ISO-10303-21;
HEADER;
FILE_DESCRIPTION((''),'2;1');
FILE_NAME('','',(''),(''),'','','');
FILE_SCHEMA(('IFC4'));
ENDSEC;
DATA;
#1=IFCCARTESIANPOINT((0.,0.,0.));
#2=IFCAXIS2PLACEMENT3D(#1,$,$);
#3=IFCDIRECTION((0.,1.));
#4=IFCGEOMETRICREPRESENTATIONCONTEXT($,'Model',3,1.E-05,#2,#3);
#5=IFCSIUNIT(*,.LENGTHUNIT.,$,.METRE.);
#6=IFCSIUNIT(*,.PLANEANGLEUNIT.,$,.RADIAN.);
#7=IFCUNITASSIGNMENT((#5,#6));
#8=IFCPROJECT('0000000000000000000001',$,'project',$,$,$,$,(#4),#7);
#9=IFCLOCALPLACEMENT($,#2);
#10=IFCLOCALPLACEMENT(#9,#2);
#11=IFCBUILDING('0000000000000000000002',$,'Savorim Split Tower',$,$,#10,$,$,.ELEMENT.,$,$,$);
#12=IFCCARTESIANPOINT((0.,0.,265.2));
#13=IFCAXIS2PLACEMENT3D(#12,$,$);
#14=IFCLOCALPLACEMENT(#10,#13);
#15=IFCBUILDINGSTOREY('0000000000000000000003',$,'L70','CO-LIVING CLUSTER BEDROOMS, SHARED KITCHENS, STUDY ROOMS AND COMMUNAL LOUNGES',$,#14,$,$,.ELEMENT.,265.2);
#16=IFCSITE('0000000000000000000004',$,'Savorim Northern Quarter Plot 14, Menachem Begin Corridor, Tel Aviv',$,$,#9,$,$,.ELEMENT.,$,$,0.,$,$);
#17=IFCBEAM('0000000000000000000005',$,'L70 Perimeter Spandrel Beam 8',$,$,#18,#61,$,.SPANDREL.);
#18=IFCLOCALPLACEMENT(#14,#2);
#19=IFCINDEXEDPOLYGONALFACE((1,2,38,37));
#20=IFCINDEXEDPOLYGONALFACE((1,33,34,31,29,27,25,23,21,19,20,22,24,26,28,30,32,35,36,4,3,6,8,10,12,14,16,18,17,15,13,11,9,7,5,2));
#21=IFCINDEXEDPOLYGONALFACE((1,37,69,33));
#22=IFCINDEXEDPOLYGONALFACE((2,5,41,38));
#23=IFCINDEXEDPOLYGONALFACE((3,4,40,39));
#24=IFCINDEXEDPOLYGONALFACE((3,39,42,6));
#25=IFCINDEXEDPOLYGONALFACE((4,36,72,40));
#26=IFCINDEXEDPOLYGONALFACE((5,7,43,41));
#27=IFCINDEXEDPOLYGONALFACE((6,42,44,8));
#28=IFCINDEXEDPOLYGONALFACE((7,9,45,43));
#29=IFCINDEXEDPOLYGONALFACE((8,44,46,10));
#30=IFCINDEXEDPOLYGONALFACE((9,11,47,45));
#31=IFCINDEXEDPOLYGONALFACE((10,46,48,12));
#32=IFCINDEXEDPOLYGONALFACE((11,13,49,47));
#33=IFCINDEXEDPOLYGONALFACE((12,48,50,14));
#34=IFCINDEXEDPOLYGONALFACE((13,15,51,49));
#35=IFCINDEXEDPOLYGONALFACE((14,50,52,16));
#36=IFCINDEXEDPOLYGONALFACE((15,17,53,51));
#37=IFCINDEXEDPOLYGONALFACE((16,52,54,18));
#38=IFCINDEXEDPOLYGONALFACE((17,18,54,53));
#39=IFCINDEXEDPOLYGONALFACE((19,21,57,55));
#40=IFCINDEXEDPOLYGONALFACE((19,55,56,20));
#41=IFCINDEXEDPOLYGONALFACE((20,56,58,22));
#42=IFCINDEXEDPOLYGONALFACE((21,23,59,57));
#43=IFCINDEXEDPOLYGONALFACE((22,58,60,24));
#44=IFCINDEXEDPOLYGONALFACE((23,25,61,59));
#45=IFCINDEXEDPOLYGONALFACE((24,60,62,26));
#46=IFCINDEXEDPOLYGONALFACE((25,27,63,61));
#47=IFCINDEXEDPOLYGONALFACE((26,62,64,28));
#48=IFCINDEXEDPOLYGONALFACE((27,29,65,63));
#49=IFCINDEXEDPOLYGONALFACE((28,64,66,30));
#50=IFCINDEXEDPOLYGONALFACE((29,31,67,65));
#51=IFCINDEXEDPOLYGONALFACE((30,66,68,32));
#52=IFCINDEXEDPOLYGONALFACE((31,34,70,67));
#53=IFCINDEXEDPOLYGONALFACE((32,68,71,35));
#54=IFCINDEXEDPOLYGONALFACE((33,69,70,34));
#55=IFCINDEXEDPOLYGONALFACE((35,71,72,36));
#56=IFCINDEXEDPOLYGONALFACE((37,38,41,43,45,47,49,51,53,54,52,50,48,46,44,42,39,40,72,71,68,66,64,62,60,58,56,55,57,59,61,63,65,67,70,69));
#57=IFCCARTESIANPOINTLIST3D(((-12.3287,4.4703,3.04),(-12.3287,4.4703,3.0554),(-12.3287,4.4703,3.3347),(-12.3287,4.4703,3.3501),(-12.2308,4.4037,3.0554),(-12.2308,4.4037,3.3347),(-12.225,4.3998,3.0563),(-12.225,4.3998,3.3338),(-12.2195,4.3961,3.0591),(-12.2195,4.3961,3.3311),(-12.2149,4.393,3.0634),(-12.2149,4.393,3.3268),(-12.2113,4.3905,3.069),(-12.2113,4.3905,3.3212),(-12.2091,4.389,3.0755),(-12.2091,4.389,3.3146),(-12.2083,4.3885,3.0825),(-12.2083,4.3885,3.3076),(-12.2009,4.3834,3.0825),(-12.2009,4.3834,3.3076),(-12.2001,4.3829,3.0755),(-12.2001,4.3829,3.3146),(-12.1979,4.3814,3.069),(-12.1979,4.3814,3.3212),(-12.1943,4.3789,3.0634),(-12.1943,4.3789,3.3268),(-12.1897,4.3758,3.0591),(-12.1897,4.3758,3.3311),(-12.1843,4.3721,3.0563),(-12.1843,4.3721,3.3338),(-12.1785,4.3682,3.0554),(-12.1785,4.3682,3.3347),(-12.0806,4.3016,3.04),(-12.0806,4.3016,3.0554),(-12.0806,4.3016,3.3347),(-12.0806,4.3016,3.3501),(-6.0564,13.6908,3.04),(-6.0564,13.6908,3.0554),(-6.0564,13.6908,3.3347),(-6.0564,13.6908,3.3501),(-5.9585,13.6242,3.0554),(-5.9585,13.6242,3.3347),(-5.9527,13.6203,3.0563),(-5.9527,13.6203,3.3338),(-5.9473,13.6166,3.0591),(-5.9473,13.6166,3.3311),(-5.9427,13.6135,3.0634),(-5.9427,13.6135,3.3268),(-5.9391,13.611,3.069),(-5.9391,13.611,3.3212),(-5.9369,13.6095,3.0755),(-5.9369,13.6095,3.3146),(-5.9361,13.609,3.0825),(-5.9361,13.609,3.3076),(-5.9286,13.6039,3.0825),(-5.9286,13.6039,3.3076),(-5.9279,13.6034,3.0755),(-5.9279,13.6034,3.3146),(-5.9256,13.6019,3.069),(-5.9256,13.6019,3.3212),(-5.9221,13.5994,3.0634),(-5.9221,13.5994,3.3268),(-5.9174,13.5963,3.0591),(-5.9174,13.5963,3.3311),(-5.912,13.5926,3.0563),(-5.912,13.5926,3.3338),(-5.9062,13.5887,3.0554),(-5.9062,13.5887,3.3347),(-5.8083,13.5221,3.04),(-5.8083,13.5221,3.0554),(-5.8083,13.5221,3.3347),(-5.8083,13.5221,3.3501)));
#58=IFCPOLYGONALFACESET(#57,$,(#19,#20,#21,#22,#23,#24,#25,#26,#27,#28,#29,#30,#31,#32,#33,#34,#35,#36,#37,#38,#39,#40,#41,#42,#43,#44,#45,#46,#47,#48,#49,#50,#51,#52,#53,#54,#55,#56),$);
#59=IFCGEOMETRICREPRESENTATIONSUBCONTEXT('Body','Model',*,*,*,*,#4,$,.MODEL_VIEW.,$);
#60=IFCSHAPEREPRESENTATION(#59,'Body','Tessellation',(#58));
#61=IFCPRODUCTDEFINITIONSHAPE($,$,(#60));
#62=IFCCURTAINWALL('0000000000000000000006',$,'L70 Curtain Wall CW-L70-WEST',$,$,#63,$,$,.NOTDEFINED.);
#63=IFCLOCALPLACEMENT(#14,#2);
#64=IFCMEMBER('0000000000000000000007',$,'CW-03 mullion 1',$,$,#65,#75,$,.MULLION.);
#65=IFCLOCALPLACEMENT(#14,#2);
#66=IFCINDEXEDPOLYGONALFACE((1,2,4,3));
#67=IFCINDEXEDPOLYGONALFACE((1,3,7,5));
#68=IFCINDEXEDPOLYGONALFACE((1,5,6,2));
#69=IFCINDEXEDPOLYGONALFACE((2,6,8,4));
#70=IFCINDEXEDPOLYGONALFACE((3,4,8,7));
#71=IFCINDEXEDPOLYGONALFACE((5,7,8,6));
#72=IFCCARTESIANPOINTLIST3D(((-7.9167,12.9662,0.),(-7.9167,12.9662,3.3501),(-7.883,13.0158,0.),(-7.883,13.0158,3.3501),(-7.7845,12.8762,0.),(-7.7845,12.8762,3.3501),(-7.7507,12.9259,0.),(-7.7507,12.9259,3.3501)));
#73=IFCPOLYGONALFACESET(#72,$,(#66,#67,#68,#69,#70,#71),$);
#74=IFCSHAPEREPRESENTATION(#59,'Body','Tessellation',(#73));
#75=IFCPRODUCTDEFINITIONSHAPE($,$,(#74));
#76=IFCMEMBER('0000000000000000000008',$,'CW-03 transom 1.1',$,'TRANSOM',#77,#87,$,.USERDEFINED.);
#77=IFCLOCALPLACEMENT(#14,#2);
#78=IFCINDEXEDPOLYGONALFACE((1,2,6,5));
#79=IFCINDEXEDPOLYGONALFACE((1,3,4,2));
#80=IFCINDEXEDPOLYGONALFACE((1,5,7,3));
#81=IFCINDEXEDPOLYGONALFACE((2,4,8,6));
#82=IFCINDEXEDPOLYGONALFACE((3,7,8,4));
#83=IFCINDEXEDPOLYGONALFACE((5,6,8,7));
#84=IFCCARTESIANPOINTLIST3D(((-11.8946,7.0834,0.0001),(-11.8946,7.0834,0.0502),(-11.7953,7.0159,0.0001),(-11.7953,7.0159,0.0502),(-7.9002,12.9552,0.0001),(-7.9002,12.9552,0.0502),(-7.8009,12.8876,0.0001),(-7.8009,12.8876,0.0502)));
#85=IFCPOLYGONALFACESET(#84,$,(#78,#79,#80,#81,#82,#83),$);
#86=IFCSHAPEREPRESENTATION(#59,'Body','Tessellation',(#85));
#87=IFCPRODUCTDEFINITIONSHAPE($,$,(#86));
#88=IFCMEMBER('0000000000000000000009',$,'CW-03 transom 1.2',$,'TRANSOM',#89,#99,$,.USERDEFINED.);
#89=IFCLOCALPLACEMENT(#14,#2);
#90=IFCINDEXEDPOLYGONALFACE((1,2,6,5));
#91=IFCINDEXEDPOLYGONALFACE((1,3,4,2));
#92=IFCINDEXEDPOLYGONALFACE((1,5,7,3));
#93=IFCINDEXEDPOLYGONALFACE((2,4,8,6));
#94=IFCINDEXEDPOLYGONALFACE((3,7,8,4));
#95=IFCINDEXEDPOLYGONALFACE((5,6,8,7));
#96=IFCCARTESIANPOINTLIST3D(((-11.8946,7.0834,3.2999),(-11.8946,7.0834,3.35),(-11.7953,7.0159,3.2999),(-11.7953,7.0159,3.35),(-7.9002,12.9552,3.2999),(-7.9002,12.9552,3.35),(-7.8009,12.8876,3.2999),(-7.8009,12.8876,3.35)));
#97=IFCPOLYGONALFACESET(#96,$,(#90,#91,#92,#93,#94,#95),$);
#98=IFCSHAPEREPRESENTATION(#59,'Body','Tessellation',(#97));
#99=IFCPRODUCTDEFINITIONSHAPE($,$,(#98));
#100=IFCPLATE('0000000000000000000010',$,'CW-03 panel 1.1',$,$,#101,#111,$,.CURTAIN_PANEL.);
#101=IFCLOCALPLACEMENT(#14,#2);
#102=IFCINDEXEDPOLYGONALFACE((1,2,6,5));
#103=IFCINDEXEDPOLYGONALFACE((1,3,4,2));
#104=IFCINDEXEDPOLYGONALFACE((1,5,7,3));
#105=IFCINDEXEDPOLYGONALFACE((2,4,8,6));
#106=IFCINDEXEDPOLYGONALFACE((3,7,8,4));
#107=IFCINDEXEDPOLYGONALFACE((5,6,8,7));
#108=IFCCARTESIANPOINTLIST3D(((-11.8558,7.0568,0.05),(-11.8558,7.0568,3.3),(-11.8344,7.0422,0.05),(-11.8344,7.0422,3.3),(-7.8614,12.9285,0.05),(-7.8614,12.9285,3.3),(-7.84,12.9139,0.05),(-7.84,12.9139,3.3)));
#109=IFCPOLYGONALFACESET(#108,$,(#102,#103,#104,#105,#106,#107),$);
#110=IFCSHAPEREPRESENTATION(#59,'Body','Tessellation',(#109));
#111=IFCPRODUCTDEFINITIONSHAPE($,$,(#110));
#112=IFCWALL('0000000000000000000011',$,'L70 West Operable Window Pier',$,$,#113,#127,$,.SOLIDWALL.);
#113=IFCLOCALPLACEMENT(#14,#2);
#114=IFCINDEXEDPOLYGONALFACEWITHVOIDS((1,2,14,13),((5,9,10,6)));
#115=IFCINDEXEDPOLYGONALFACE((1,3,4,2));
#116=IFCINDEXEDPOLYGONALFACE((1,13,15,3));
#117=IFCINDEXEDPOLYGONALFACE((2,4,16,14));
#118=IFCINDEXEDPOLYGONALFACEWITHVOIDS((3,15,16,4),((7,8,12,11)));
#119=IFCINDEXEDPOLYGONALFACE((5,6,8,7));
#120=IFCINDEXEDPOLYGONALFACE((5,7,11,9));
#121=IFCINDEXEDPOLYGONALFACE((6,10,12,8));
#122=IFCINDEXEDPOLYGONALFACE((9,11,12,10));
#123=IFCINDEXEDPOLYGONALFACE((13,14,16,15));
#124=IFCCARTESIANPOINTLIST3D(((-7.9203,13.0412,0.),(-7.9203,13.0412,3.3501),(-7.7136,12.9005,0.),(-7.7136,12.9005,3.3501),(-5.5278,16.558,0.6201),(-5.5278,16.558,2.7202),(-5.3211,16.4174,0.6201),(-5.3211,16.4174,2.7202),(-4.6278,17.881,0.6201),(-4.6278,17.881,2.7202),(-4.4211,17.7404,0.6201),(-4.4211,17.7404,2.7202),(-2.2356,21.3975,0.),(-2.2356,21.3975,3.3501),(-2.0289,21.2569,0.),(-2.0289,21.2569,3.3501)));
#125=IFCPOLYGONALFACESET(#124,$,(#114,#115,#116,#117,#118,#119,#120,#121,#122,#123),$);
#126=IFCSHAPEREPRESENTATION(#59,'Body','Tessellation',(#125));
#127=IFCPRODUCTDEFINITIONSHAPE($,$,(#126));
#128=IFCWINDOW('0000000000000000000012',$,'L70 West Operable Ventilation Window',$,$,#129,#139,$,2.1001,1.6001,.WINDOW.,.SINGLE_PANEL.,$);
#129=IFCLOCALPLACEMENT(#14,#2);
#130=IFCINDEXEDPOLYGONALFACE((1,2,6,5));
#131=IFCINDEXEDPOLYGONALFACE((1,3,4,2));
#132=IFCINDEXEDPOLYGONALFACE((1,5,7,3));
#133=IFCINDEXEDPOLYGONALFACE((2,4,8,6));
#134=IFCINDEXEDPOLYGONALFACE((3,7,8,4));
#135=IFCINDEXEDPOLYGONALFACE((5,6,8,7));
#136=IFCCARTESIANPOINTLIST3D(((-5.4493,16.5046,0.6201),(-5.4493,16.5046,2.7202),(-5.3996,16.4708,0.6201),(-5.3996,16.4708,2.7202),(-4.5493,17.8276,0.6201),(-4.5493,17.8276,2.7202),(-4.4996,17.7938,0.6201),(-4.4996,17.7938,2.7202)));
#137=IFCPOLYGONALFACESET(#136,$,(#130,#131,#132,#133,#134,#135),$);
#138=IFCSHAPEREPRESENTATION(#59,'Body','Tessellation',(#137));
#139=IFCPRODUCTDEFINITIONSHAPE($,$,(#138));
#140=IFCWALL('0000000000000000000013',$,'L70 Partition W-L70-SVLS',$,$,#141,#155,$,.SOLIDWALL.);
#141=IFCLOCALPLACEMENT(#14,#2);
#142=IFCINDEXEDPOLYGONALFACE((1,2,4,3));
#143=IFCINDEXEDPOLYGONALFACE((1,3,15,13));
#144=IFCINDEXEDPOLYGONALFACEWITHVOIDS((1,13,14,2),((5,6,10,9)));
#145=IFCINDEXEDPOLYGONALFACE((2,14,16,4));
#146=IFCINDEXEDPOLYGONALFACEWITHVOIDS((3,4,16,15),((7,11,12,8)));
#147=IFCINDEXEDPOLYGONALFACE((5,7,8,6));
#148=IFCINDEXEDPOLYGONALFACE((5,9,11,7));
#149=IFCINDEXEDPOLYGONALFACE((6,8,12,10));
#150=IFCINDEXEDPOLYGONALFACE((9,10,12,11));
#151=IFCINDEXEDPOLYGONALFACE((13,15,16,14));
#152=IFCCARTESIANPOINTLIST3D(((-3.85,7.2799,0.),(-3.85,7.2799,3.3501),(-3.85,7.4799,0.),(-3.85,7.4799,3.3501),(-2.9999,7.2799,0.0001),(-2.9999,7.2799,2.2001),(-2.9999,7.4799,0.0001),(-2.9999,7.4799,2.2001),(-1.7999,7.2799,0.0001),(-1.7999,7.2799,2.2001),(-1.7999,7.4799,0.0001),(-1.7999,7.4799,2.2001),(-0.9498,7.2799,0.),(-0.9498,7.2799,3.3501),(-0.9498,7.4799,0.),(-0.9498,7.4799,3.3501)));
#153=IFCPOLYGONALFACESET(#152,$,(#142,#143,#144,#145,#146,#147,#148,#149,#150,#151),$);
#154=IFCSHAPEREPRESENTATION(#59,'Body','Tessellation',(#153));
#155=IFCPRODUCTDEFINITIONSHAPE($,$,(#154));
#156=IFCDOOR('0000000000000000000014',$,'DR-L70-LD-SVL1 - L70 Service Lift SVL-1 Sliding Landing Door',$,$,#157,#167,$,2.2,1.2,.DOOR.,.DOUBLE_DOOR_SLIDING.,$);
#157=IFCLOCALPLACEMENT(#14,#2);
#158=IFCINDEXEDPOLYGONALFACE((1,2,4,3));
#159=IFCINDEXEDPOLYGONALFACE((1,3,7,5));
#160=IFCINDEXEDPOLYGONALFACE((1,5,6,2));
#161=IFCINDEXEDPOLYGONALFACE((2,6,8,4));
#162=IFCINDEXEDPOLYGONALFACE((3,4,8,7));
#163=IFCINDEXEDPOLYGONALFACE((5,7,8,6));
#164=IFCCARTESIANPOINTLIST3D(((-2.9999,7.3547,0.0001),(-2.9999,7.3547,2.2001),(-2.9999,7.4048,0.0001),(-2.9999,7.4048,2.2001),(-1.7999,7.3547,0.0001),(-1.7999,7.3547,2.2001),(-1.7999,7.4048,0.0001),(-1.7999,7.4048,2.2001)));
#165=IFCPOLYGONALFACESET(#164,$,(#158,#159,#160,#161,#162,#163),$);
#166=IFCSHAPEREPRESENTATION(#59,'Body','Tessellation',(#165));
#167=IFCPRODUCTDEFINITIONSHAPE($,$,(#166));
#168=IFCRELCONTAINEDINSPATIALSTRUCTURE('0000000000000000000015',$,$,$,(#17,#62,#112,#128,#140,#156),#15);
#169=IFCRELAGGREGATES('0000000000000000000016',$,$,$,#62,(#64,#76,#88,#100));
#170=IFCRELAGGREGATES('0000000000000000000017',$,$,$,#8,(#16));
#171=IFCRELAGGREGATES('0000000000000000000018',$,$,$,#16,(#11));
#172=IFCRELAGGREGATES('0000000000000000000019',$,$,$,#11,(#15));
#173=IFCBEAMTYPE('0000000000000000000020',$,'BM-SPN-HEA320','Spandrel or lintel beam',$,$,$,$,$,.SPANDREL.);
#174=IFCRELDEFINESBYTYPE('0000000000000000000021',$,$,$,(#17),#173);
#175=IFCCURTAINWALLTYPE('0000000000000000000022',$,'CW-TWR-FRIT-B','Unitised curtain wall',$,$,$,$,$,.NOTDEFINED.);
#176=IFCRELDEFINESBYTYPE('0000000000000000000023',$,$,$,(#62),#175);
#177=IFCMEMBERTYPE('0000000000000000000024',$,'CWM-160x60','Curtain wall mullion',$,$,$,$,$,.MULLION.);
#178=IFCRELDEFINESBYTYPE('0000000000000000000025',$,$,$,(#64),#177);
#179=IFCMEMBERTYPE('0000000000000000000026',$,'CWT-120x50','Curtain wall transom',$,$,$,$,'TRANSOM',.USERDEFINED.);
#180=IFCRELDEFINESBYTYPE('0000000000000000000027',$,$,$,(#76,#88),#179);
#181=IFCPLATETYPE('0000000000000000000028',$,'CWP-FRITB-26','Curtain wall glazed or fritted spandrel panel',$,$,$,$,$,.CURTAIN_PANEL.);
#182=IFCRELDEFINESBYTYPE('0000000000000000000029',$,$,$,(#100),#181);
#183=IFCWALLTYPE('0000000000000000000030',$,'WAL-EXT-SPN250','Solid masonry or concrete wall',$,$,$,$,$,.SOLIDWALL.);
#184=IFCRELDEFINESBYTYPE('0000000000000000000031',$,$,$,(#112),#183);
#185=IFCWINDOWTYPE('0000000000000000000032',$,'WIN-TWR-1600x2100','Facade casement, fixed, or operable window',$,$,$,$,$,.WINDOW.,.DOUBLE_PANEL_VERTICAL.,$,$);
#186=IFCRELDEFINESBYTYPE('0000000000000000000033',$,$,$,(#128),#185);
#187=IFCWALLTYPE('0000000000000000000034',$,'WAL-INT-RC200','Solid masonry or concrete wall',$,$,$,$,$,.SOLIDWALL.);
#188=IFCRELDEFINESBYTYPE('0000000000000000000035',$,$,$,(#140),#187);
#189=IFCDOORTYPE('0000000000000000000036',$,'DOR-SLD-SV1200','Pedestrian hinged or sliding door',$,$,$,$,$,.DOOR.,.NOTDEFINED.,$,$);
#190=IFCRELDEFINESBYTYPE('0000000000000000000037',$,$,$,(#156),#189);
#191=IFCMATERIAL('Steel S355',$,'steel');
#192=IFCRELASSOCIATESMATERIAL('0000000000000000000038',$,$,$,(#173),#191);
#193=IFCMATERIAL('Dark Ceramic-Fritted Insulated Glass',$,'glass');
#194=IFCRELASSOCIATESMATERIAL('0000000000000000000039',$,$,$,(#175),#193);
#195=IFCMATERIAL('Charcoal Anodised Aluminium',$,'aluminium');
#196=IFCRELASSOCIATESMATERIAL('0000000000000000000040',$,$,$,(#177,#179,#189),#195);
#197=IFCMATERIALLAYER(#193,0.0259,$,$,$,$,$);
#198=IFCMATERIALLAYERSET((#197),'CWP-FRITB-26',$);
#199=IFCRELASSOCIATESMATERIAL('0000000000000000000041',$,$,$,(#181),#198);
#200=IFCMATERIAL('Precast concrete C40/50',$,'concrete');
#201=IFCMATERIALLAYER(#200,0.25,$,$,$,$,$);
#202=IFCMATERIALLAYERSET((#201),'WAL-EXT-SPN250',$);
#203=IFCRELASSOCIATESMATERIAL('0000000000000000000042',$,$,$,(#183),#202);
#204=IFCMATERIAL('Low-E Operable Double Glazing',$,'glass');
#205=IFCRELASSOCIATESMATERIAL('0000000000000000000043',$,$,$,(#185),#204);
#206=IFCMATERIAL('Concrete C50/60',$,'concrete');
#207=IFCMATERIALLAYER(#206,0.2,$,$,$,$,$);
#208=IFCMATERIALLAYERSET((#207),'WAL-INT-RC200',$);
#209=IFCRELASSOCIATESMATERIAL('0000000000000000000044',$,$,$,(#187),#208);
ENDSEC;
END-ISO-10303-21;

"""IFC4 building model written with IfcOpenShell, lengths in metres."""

from ifc_helpers import new_model, si_unit, direction, frame, frame_2d, origin, origin_2d, place, context, subcontext, project, spatial, rectangle, i_section, extrude, material, layer, layer_set, material_profile, profile_set, type_object, element, fill, aggregate, save


model = new_model("IFC4")

# Units and contexts
model_context = context("Model", 3, precision=1e-05, world=origin(), true_north=direction((0.0, 1.0)))
body_context = subcontext(model_context, "Body", "Model", "MODEL_VIEW")
ifc_project = project(units=[si_unit("LENGTHUNIT", "METRE"), si_unit("PLANEANGLEUNIT", "RADIAN")], contexts=[model_context])

# Site, building, storey
site_placement = place(None, origin())
site = spatial("IfcSite", under=ifc_project, at=site_placement, Name="Savorim Northern Quarter Plot 14, Menachem Begin Corridor, Tel Aviv", CompositionType="ELEMENT", RefElevation=0.0)
building_placement = place(site_placement, origin())
building = spatial("IfcBuilding", under=site, at=building_placement, Name="Savorim Split Tower", CompositionType="ELEMENT")
storey_placement = place(building_placement, frame((0.0, 0.0, 265.2)))
storey = spatial("IfcBuildingStorey", under=building, at=storey_placement, Name="L70", Description="CO-LIVING CLUSTER BEDROOMS, SHARED KITCHENS, STUDY ROOMS AND COMMUNAL LOUNGES", CompositionType="ELEMENT", Elevation=265.2)

# Shared definitions
ifc_material_1 = material(Name="Steel S355", Category="steel")

# Beam
ifc_material_profile_1 = material_profile(ifc_material_1, i_section(OverallWidth=0.3, OverallDepth=0.3101, WebThickness=0.009, FlangeThickness=0.0154, FilletRadius=0.0271, at=origin_2d()), Name="HEA 320")
ifc_profile_set_1 = profile_set([ifc_material_profile_1], Name="Steel S355")
beam_type_1 = type_object("IfcBeamType", Name="BM-SPN-HEA320", Description="Spandrel or lintel beam", PredefinedType="SPANDREL", material=ifc_profile_set_1)
beam_1_placement = place(storey_placement, frame((-5.9324, 13.6064, 3.1951), z_axis=(-0.562451, -0.82683, 0.0), x_axis=(0.82683, -0.562451, 0.0)))
element("IfcBeam", 1, at=beam_1_placement, inside=storey, type_object=beam_type_1, Name="L70 Perimeter Spandrel Beam 8", PredefinedType="SPANDREL", context=body_context, shape_type="SweptSolid", body=[
    extrude(i_section(OverallWidth=0.3, OverallDepth=0.3101, WebThickness=0.009, FlangeThickness=0.0154, FilletRadius=0.0271, at=origin_2d()), origin(), (0.0, 0.0, 1.0), 11.1516),
])

# Curtain wall, members, plate
ifc_material_2 = material(Name="Dark Ceramic-Fritted Insulated Glass", Category="glass")
curtain_wall_type = type_object("IfcCurtainWallType", Name="CW-TWR-FRIT-B", Description="Unitised curtain wall", PredefinedType="NOTDEFINED", material=ifc_material_2)
curtain_wall_placement = place(storey_placement, origin())
curtain_wall = element("IfcCurtainWall", 2, at=curtain_wall_placement, inside=storey, type_object=curtain_wall_type, Name="L70 Curtain Wall CW-L70-WEST", PredefinedType="NOTDEFINED")
ifc_material_3 = material(Name="Charcoal Anodised Aluminium", Category="aluminium")
ifc_material_profile_2 = material_profile(ifc_material_3, rectangle(XDim=0.1599, YDim=0.0601, at=origin_2d()), Name="ALU-M 160x60")
ifc_profile_set_2 = profile_set([ifc_material_profile_2], Name="Charcoal Anodised Aluminium")
member_type_1 = type_object("IfcMemberType", Name="CWM-160x60", Description="Curtain wall mullion", PredefinedType="MULLION", material=ifc_profile_set_2)
member_1_placement = place(storey_placement, frame((-7.8337, 12.946, 0.0), z_axis=(0.0, 0.0, 1.0), x_axis=(0.826817, -0.56247, 0.0)))
member_1 = element("IfcMember", 3, at=member_1_placement, type_object=member_type_1, Name="CW-03 mullion 1", PredefinedType="MULLION", context=body_context, shape_type="SweptSolid", body=[
    extrude(rectangle(XDim=0.1599, YDim=0.0601, at=origin_2d()), origin(), (0.0, 0.0, 1.0), 3.3501),
])
ifc_material_profile_3 = material_profile(ifc_material_3, rectangle(XDim=0.1201, YDim=0.05, at=origin_2d()), Name="ALU-T 120x50")
ifc_profile_set_3 = profile_set([ifc_material_profile_3], Name="Charcoal Anodised Aluminium")
member_type_2 = type_object("IfcMemberType", Name="CWT-120x50", Description="Curtain wall transom", ElementType="TRANSOM", PredefinedType="USERDEFINED", material=ifc_profile_set_3)
member_2_placement = place(storey_placement, frame((-7.8506, 12.9214, 0.0251), z_axis=(-0.562459, -0.826825, 0.0), x_axis=(0.826825, -0.562459, 0.0)))
member_2 = element("IfcMember", 4, at=member_2_placement, type_object=member_type_2, Name="CW-03 transom 1.1", ObjectType="TRANSOM", PredefinedType="USERDEFINED", context=body_context, shape_type="SweptSolid", body=[
    extrude(rectangle(XDim=0.1201, YDim=0.05, at=origin_2d()), origin(), (0.0, 0.0, 1.0), 7.1016),
])
member_3_placement = place(storey_placement, frame((-7.8506, 12.9214, 3.325), z_axis=(-0.562459, -0.826825, 0.0), x_axis=(0.826825, -0.562459, 0.0)))
member_3 = element("IfcMember", 5, at=member_3_placement, type_object=member_type_2, Name="CW-03 transom 1.2", ObjectType="TRANSOM", PredefinedType="USERDEFINED", context=body_context, shape_type="SweptSolid", body=[
    extrude(rectangle(XDim=0.1201, YDim=0.05, at=origin_2d()), origin(), (0.0, 0.0, 1.0), 7.1016),
])
ifc_layer_1 = layer(ifc_material_2, 0.0259)
ifc_layer_set_1 = layer_set([ifc_layer_1], Name="CWP-FRITB-26")
plate_type = type_object("IfcPlateType", Name="CWP-FRITB-26", Description="Curtain wall glazed or fritted spandrel panel", PredefinedType="CURTAIN_PANEL", material=ifc_layer_set_1)
plate_placement = place(storey_placement, frame((-9.8479, 9.9854, 0.05), z_axis=(0.0, 0.0, 1.0), x_axis=(-0.56247, -0.826817, 0.0)))
plate = element("IfcPlate", 6, at=plate_placement, type_object=plate_type, Name="CW-03 panel 1.1", PredefinedType="CURTAIN_PANEL", context=body_context, shape_type="SweptSolid", body=[
    extrude(rectangle(XDim=7.1016, YDim=0.0259, at=origin_2d()), origin(), (0.0, 0.0, 1.0), 3.25),
])
aggregate(curtain_wall, [member_1, member_2, member_3, plate])

# Shared definitions
ifc_material_4 = material(Name="Precast concrete C40/50", Category="concrete")

# Wall, opening, window
ifc_layer_2 = layer(ifc_material_4, 0.25)
ifc_layer_set_2 = layer_set([ifc_layer_2], Name="WAL-EXT-SPN250")
wall_type_1 = type_object("IfcWallType", Name="WAL-EXT-SPN250", Description="Solid masonry or concrete wall", PredefinedType="SOLIDWALL", material=ifc_layer_set_2)
wall_1_placement = place(storey_placement, frame((-7.8169, 12.9709, 0.0), z_axis=(0.0, 0.0, 1.0), x_axis=(0.562475, 0.826815, 0.0)))
wall_1 = element("IfcWall", 7, at=wall_1_placement, inside=storey, type_object=wall_type_1, Name="L70 West Operable Window Pier", PredefinedType="SOLIDWALL", context=body_context, shape_type="SweptSolid", body=[
    extrude(rectangle(XDim=10.1067, YDim=0.25, at=frame_2d((5.0532, 0.0))), origin(), (0.0, 0.0, 1.0), 3.3501),
])
opening_1_placement = place(wall_1_placement, frame((4.2534, 0.0, 0.6201)))
opening_1 = element("IfcOpeningElement", 8, at=opening_1_placement, cuts=wall_1, PredefinedType="OPENING", context=body_context, shape_type="SweptSolid", body=[
    extrude(rectangle(XDim=1.6001, YDim=2.1001, at=frame_2d((0.8, 1.05))), frame((0.0, 0.135, 0.0), z_axis=(0.0, -1.0, 0.0), x_axis=(1.0, 0.0, 0.0)), (0.0, 0.0, 1.0), 0.27),
])
ifc_material_5 = material(Name="Low-E Operable Double Glazing", Category="glass")
window_type = type_object("IfcWindowType", Name="WIN-TWR-1600x2100", Description="Facade casement, fixed, or operable window", PartitioningType="DOUBLE_PANEL_VERTICAL", PredefinedType="WINDOW", material=ifc_material_5)
window_placement = place(opening_1_placement, origin())
window = element("IfcWindow", 9, at=window_placement, inside=storey, type_object=window_type, Name="L70 West Operable Ventilation Window", OverallHeight=2.1001, OverallWidth=1.6001, PartitioningType="SINGLE_PANEL", PredefinedType="WINDOW", context=body_context, shape_type="SweptSolid", body=[
    extrude(rectangle(XDim=1.6001, YDim=2.1001, at=frame_2d((0.8, 1.05))), frame((0.0, 0.03, 0.0), z_axis=(0.0, -1.0, 0.0), x_axis=(1.0, 0.0, 0.0)), (0.0, 0.0, 1.0), 0.0601),
])
fill(opening_1, window)

# Wall, opening, door
ifc_material_6 = material(Name="Concrete C50/60", Category="concrete")
ifc_layer_3 = layer(ifc_material_6, 0.2)
ifc_layer_set_3 = layer_set([ifc_layer_3], Name="WAL-INT-RC200")
wall_type_2 = type_object("IfcWallType", Name="WAL-INT-RC200", Description="Solid masonry or concrete wall", PredefinedType="SOLIDWALL", material=ifc_layer_set_3)
wall_2_placement = place(storey_placement, frame((-3.8501, 7.3799, 0.0), z_axis=(0.0, 0.0, 1.0), x_axis=(1.0, 0.0, 0.0)))
wall_2 = element("IfcWall", 10, at=wall_2_placement, inside=storey, type_object=wall_type_2, Name="L70 Partition W-L70-SVLS", PredefinedType="SOLIDWALL", context=body_context, shape_type="SweptSolid", body=[
    extrude(rectangle(XDim=2.9001, YDim=0.2, at=frame_2d((1.4502, 0.0))), origin(), (0.0, 0.0, 1.0), 3.3501),
])
opening_2_placement = place(wall_2_placement, frame((0.8501, 0.0, 0.0)))
opening_2 = element("IfcOpeningElement", 11, at=opening_2_placement, cuts=wall_2, PredefinedType="OPENING", context=body_context, shape_type="SweptSolid", body=[
    extrude(rectangle(XDim=1.2, YDim=2.2, at=frame_2d((0.6001, 1.1001))), frame((0.0, 0.1099, 0.0), z_axis=(0.0, -1.0, 0.0), x_axis=(1.0, 0.0, 0.0)), (0.0, 0.0, 1.0), 0.22),
])
door_type_1 = type_object("IfcDoorType", Name="DOR-SLD-SV1200", Description="Pedestrian hinged or sliding door", OperationType="NOTDEFINED", PredefinedType="DOOR", material=ifc_material_3)
door_1_placement = place(opening_2_placement, origin())
door_1 = element("IfcDoor", 12, at=door_1_placement, inside=storey, type_object=door_type_1, Name="DR-L70-LD-SVL1 - L70 Service Lift SVL-1 Sliding Landing Door", OperationType="DOUBLE_DOOR_SLIDING", OverallHeight=2.2, OverallWidth=1.2, PredefinedType="DOOR", context=body_context, shape_type="SweptSolid", body=[
    extrude(rectangle(XDim=1.2, YDim=2.2, at=frame_2d((0.6001, 1.1001))), frame((0.0, 0.0249, 0.0), z_axis=(0.0, -1.0, 0.0), x_axis=(1.0, 0.0, 0.0)), (0.0, 0.0, 1.0), 0.05),
])
fill(opening_2, door_1)

save(model, "model.ifc")
